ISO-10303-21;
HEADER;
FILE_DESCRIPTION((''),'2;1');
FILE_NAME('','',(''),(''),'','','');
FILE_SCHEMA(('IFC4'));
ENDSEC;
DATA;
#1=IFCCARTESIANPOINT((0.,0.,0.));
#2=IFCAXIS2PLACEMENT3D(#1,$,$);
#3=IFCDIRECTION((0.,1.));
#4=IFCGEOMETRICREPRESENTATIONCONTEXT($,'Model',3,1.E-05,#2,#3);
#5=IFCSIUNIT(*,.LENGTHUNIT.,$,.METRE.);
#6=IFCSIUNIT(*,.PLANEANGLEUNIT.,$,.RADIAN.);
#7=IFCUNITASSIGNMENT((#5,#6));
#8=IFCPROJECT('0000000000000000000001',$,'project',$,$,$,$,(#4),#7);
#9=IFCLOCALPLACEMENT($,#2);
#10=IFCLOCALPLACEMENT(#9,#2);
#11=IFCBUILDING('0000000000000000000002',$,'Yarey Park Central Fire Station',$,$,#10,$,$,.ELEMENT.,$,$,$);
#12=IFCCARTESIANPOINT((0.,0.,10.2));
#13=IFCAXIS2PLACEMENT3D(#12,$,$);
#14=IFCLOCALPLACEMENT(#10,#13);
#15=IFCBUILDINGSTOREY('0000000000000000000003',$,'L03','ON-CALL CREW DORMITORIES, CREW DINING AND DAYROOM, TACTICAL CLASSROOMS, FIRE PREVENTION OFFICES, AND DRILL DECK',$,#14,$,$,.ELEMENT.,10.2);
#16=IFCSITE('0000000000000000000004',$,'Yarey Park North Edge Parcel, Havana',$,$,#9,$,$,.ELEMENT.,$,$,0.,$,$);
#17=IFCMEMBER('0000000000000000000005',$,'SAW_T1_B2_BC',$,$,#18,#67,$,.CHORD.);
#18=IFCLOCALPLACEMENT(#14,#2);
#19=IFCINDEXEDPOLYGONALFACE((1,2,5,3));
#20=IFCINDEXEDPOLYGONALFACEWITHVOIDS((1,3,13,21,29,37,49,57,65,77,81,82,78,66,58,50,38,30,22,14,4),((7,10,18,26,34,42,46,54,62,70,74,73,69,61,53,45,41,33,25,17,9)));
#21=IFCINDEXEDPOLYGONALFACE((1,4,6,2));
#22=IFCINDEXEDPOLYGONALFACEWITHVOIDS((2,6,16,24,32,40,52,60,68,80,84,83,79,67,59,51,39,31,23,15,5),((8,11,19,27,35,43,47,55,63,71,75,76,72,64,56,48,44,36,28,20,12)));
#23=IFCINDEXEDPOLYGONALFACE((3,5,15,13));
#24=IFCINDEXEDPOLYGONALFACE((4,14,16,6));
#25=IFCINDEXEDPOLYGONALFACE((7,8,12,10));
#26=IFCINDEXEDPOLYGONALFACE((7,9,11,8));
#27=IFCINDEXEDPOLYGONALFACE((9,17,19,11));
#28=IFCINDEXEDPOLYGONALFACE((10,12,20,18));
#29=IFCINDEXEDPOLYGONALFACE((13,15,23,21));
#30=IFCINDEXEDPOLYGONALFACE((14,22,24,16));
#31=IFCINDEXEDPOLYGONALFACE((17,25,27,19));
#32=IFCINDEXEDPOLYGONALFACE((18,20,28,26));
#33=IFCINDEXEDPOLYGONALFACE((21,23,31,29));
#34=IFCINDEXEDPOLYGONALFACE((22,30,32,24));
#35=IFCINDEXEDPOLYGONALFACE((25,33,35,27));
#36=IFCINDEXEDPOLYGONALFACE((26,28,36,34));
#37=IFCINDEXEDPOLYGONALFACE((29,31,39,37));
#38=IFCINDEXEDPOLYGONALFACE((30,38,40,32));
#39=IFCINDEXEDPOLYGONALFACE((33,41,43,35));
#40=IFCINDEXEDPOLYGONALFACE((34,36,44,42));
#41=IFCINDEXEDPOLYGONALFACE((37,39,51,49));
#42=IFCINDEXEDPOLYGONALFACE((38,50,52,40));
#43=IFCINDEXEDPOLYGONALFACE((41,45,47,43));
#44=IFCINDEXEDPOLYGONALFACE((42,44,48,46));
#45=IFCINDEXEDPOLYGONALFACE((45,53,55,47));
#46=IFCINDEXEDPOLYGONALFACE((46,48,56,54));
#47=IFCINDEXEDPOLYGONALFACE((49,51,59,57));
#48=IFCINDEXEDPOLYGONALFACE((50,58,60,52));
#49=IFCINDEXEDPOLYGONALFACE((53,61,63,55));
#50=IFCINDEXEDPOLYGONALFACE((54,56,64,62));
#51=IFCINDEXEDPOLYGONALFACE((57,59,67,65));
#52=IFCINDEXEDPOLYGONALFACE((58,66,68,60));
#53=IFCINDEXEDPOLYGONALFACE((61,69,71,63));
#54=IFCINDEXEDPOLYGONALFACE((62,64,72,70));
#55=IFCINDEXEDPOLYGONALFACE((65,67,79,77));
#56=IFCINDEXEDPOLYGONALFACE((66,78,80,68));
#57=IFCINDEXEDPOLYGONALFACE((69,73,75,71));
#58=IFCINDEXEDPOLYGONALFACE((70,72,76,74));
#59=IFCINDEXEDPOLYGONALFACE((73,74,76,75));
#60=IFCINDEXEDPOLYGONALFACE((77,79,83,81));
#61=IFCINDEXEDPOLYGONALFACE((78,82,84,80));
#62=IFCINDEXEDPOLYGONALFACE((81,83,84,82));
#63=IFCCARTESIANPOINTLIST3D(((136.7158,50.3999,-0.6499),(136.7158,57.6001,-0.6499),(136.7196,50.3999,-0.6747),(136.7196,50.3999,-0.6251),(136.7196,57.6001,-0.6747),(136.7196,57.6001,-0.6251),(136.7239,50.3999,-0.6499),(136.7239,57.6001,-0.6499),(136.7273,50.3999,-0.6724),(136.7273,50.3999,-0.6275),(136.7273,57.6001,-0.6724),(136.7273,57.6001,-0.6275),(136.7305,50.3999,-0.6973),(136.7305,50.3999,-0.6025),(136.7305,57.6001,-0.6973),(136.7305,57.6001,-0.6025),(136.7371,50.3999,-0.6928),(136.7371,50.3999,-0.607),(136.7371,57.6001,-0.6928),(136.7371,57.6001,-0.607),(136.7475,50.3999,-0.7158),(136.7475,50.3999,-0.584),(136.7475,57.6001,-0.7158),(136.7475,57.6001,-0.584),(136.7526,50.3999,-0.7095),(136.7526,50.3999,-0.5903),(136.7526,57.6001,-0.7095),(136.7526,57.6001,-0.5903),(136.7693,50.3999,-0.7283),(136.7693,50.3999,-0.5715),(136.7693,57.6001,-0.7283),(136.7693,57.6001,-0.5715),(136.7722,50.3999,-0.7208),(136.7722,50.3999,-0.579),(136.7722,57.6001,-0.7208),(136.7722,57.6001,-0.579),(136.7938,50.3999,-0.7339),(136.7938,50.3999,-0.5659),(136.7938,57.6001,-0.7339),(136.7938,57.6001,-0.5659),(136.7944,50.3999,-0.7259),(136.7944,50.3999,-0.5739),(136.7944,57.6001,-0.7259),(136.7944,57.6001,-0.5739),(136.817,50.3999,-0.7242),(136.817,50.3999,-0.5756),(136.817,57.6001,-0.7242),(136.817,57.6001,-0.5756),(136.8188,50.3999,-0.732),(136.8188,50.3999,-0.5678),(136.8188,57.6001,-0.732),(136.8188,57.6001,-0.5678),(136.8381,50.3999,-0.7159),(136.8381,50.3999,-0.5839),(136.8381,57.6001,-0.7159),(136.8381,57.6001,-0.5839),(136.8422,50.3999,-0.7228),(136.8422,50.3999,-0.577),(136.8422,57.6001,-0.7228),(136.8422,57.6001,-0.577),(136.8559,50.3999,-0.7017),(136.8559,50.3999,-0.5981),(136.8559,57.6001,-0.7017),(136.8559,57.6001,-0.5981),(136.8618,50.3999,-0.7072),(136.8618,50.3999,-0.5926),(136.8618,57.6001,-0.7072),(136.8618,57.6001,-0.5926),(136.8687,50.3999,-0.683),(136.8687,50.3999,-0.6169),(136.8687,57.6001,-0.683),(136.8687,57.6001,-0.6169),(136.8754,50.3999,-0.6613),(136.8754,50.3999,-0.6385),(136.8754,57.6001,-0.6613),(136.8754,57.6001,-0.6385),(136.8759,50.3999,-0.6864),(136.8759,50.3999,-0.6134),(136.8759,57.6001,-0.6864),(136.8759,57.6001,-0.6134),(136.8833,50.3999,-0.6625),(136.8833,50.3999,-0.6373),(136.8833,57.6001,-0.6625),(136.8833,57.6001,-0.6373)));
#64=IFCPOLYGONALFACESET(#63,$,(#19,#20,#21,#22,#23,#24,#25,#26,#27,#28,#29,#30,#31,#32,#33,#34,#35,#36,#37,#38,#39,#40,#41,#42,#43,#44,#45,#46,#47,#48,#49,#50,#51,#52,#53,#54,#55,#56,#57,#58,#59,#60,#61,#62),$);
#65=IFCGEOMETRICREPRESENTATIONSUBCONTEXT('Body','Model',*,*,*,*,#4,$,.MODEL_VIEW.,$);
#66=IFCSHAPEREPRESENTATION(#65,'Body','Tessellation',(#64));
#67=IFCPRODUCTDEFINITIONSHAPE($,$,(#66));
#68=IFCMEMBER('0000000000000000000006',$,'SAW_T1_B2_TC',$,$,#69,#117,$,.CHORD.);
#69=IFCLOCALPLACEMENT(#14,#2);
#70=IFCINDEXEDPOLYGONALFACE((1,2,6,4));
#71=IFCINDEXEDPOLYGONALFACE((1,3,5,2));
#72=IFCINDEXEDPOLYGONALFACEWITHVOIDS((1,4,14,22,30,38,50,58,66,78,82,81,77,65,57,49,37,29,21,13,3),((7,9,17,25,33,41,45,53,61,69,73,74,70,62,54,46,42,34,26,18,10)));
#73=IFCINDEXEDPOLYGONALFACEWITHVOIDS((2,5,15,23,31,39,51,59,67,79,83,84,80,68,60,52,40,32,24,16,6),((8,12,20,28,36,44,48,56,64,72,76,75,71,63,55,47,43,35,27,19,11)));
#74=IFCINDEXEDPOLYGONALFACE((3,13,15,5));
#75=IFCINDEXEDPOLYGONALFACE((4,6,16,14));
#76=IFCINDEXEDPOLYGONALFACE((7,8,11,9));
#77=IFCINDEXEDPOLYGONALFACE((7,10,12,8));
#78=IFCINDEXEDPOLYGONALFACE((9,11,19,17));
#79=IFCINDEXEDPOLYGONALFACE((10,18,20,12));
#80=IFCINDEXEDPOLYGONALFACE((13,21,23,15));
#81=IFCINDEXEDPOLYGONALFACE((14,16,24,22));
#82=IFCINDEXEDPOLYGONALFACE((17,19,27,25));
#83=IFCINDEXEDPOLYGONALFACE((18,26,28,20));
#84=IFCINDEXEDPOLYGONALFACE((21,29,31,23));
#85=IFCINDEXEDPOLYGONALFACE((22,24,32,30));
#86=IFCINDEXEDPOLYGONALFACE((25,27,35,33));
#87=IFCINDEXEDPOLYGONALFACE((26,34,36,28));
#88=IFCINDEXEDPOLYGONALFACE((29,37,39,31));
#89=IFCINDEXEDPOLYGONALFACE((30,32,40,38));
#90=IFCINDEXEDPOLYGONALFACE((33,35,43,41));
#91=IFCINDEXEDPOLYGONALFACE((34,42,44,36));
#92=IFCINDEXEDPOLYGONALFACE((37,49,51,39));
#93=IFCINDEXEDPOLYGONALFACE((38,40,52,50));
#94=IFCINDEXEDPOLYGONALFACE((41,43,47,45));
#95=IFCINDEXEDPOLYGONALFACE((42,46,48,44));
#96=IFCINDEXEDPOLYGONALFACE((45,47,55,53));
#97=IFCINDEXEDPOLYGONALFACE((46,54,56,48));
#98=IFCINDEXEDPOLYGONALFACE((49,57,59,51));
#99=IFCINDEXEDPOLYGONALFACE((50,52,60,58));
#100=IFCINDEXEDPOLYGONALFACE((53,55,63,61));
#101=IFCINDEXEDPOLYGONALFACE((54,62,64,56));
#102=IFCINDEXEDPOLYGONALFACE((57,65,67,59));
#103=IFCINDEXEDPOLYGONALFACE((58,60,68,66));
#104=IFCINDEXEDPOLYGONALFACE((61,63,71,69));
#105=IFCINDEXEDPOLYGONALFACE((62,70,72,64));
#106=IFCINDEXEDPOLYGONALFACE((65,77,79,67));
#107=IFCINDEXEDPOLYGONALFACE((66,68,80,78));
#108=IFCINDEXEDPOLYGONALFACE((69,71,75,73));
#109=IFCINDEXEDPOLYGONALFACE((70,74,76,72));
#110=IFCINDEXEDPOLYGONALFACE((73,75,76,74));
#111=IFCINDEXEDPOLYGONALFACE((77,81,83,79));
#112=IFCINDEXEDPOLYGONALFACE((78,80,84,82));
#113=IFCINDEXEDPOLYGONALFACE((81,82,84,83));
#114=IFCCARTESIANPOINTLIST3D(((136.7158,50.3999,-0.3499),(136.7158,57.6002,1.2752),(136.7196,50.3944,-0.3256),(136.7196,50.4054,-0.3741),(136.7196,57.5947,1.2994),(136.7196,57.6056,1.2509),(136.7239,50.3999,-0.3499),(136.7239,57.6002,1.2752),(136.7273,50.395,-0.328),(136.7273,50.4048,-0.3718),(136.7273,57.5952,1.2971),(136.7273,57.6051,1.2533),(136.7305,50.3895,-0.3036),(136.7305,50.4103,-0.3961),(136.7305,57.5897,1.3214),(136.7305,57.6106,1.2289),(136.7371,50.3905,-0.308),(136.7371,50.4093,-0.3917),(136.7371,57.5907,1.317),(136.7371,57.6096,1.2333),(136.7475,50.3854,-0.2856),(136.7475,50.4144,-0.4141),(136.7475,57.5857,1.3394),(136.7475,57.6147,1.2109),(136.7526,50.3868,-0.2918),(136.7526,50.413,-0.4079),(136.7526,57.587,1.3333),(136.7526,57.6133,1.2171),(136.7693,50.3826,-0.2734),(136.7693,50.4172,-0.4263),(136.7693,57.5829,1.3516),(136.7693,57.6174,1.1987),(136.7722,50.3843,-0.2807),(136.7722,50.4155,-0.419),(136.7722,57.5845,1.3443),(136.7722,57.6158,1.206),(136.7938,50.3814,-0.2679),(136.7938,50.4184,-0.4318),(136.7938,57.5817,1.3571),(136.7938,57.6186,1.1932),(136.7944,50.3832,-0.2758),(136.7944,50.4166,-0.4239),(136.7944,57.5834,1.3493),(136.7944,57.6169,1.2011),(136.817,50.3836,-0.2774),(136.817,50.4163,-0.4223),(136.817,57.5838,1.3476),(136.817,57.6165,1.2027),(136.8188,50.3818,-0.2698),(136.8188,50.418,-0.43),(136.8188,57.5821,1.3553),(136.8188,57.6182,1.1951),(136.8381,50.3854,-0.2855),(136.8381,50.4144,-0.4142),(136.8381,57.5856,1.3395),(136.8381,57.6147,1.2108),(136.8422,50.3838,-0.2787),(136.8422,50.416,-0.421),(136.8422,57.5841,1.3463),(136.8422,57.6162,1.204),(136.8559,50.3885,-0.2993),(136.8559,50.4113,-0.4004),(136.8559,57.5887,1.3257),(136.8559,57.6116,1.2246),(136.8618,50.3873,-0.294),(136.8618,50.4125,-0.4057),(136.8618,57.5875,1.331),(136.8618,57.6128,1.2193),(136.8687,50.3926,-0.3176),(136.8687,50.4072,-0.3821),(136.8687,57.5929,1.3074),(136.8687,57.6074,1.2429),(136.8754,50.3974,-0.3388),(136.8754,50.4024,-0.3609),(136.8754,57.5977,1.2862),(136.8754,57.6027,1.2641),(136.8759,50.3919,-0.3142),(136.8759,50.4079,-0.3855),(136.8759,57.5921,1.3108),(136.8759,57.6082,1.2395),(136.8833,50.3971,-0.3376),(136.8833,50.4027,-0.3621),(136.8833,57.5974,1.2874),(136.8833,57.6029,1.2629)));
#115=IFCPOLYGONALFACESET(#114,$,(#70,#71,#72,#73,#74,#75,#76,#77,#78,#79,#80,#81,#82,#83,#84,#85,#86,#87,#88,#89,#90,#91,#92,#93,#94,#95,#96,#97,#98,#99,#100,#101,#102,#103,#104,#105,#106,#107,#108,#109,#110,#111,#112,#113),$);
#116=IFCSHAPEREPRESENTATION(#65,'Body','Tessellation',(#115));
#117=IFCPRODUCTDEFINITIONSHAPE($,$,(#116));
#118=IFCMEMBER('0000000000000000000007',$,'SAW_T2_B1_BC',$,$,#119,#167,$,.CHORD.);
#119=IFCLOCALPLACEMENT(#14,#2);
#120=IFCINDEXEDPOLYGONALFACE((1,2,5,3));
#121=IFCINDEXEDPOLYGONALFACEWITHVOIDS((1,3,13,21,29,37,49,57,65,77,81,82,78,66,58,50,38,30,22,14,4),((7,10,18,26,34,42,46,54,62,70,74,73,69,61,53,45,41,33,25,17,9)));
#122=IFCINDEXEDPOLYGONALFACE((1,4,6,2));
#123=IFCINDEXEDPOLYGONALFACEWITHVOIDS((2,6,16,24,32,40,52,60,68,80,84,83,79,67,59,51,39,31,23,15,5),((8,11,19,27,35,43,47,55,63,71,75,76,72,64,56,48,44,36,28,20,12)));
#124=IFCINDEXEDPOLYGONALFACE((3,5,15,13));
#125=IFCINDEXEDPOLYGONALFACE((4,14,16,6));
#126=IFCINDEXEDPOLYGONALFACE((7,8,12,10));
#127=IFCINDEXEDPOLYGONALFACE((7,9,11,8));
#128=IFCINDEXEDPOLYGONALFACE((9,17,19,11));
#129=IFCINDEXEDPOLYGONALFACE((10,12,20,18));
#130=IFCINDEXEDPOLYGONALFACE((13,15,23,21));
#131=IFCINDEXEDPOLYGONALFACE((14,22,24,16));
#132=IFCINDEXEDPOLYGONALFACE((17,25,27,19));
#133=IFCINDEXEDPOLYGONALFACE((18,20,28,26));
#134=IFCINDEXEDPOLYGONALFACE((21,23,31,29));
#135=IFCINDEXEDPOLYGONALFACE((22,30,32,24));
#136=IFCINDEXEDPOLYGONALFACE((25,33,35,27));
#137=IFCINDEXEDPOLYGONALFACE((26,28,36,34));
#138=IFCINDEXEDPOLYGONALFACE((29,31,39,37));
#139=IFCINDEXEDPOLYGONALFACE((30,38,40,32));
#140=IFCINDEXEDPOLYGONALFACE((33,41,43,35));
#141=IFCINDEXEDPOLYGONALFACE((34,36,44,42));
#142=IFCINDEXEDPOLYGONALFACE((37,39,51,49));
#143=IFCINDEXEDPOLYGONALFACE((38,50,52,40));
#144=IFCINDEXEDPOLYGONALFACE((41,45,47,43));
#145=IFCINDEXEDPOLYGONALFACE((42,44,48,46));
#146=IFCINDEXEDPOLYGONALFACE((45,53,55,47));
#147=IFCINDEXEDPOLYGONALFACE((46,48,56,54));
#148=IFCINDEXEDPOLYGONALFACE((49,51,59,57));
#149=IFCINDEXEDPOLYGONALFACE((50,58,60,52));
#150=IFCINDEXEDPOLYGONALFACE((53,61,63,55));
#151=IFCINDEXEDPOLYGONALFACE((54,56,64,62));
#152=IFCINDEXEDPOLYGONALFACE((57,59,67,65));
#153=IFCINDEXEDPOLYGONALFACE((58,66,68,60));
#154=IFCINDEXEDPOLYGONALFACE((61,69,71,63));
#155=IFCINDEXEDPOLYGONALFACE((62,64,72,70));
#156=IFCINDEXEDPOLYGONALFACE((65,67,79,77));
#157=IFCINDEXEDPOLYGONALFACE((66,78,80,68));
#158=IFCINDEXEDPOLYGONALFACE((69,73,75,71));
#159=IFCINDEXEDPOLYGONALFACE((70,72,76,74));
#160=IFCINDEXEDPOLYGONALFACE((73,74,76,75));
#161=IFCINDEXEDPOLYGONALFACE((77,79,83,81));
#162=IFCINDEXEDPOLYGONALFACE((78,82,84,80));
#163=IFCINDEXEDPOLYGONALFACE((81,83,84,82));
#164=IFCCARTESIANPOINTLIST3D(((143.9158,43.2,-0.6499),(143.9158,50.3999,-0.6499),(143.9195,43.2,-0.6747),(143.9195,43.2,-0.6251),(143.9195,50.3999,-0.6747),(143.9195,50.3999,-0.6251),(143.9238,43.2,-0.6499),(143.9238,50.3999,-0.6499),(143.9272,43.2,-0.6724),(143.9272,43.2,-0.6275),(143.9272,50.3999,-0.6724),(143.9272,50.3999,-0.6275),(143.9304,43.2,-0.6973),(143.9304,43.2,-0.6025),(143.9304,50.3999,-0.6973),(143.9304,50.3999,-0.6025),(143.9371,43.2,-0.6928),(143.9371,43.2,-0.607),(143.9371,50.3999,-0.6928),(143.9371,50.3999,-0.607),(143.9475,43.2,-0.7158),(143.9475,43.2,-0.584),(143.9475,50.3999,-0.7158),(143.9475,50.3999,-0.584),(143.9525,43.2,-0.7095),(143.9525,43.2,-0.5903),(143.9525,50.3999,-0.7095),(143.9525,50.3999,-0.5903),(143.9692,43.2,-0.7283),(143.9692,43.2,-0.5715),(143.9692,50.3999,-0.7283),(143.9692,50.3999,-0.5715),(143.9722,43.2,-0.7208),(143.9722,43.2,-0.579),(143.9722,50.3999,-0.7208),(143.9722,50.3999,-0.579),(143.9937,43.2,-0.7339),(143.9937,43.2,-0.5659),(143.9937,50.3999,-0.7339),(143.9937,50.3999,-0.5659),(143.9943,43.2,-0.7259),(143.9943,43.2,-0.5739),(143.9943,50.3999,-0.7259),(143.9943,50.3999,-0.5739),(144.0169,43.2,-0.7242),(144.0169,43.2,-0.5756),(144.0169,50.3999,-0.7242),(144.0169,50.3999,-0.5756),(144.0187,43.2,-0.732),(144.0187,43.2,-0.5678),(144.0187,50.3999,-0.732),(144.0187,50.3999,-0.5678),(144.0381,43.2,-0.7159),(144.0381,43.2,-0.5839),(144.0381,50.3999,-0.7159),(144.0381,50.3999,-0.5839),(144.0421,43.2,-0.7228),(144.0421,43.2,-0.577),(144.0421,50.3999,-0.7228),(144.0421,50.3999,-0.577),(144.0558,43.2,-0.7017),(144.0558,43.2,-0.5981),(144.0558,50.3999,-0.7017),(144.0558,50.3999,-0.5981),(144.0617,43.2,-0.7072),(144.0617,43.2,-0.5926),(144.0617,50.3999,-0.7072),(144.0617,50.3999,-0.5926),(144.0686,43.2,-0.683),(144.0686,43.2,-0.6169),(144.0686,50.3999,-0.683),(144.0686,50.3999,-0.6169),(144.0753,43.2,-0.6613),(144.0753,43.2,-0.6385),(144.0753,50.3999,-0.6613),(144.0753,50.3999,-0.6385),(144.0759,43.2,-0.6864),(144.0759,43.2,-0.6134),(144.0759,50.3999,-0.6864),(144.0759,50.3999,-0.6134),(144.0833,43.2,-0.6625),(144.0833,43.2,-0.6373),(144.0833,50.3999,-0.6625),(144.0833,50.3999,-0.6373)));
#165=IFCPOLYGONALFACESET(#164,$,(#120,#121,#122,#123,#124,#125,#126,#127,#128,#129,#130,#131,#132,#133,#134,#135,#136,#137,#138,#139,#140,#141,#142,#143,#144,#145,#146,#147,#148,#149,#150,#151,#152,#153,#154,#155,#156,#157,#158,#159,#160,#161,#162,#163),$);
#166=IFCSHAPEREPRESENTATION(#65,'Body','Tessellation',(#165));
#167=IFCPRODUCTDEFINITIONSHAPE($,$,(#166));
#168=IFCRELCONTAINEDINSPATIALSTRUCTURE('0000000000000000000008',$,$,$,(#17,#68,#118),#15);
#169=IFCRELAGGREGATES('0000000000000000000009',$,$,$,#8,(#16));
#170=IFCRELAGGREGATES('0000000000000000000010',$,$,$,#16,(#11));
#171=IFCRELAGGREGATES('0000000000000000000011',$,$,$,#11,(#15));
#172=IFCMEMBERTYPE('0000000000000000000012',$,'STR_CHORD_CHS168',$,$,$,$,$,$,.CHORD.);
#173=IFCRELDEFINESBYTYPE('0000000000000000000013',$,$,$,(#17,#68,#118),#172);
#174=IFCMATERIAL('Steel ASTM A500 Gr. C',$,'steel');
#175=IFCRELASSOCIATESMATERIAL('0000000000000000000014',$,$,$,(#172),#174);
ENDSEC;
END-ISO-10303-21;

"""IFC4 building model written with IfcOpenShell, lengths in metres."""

from ifc_helpers import new_model, si_unit, direction, frame, origin, origin_2d, place, context, subcontext, project, spatial, hollow_circle, extrude, material, material_profile, profile_set, type_object, element, save


model = new_model("IFC4")

# Units and contexts
model_context = context("Model", 3, precision=1e-05, world=origin(), true_north=direction((0.0, 1.0)))
body_context = subcontext(model_context, "Body", "Model", "MODEL_VIEW")
ifc_project = project(units=[si_unit("LENGTHUNIT", "METRE"), si_unit("PLANEANGLEUNIT", "RADIAN")], contexts=[model_context])

# Site, building, storey
site_placement = place(None, origin())
site = spatial("IfcSite", under=ifc_project, at=site_placement, Name="Yarey Park North Edge Parcel, Havana", CompositionType="ELEMENT", RefElevation=0.0)
building_placement = place(site_placement, origin())
building = spatial("IfcBuilding", under=site, at=building_placement, Name="Yarey Park Central Fire Station", CompositionType="ELEMENT")
storey_placement = place(building_placement, frame((0.0, 0.0, 10.2)))
storey = spatial("IfcBuildingStorey", under=building, at=storey_placement, Name="L03", Description="ON-CALL CREW DORMITORIES, CREW DINING AND DAYROOM, TACTICAL CLASSROOMS, FIRE PREVENTION OFFICES, AND DRILL DECK", CompositionType="ELEMENT", Elevation=10.2)

# Members
ifc_material_1 = material(Name="Steel ASTM A500 Gr. C", Category="steel")
ifc_material_profile_1 = material_profile(ifc_material_1, hollow_circle(Radius=0.0842, WallThickness=0.0081, at=origin_2d()), Name="CHS 168.3x8")
ifc_profile_set_1 = profile_set([ifc_material_profile_1], Name="Steel ASTM A500 Gr. C")
member_type_1 = type_object("IfcMemberType", Name="STR_CHORD_CHS168", PredefinedType="CHORD", material=ifc_profile_set_1)
member_1_placement = place(storey_placement, frame((136.8, 50.3999, -0.6499), z_axis=(0.0, 1.0, 0.0), x_axis=(-1.0, 0.0, 0.0)))
element("IfcMember", 1, at=member_1_placement, inside=storey, type_object=member_type_1, Name="SAW_T1_B2_BC", PredefinedType="CHORD", context=body_context, shape_type="SweptSolid", body=[
    extrude(hollow_circle(Radius=0.0842, WallThickness=0.0081, at=origin_2d()), origin(), (0.0, 0.0, 1.0), 7.2002),
])
member_2_placement = place(storey_placement, frame((136.8, 50.3999, -0.3499), z_axis=(0.0, 0.975466, 0.220151), x_axis=(-1.0, 0.0, 0.0)))
element("IfcMember", 2, at=member_2_placement, inside=storey, type_object=member_type_1, Name="SAW_T1_B2_TC", PredefinedType="CHORD", context=body_context, shape_type="SweptSolid", body=[
    extrude(hollow_circle(Radius=0.0842, WallThickness=0.0081, at=origin_2d()), origin(), (0.0, 0.0, 1.0), 7.3813),
])
member_3_placement = place(storey_placement, frame((144.0, 43.2, -0.6499), z_axis=(0.0, 1.0, 0.0), x_axis=(-1.0, 0.0, 0.0)))
element("IfcMember", 3, at=member_3_placement, inside=storey, type_object=member_type_1, Name="SAW_T2_B1_BC", PredefinedType="CHORD", context=body_context, shape_type="SweptSolid", body=[
    extrude(hollow_circle(Radius=0.0842, WallThickness=0.0081, at=origin_2d()), origin(), (0.0, 0.0, 1.0), 7.2),
])

save(model, "model.ifc")
